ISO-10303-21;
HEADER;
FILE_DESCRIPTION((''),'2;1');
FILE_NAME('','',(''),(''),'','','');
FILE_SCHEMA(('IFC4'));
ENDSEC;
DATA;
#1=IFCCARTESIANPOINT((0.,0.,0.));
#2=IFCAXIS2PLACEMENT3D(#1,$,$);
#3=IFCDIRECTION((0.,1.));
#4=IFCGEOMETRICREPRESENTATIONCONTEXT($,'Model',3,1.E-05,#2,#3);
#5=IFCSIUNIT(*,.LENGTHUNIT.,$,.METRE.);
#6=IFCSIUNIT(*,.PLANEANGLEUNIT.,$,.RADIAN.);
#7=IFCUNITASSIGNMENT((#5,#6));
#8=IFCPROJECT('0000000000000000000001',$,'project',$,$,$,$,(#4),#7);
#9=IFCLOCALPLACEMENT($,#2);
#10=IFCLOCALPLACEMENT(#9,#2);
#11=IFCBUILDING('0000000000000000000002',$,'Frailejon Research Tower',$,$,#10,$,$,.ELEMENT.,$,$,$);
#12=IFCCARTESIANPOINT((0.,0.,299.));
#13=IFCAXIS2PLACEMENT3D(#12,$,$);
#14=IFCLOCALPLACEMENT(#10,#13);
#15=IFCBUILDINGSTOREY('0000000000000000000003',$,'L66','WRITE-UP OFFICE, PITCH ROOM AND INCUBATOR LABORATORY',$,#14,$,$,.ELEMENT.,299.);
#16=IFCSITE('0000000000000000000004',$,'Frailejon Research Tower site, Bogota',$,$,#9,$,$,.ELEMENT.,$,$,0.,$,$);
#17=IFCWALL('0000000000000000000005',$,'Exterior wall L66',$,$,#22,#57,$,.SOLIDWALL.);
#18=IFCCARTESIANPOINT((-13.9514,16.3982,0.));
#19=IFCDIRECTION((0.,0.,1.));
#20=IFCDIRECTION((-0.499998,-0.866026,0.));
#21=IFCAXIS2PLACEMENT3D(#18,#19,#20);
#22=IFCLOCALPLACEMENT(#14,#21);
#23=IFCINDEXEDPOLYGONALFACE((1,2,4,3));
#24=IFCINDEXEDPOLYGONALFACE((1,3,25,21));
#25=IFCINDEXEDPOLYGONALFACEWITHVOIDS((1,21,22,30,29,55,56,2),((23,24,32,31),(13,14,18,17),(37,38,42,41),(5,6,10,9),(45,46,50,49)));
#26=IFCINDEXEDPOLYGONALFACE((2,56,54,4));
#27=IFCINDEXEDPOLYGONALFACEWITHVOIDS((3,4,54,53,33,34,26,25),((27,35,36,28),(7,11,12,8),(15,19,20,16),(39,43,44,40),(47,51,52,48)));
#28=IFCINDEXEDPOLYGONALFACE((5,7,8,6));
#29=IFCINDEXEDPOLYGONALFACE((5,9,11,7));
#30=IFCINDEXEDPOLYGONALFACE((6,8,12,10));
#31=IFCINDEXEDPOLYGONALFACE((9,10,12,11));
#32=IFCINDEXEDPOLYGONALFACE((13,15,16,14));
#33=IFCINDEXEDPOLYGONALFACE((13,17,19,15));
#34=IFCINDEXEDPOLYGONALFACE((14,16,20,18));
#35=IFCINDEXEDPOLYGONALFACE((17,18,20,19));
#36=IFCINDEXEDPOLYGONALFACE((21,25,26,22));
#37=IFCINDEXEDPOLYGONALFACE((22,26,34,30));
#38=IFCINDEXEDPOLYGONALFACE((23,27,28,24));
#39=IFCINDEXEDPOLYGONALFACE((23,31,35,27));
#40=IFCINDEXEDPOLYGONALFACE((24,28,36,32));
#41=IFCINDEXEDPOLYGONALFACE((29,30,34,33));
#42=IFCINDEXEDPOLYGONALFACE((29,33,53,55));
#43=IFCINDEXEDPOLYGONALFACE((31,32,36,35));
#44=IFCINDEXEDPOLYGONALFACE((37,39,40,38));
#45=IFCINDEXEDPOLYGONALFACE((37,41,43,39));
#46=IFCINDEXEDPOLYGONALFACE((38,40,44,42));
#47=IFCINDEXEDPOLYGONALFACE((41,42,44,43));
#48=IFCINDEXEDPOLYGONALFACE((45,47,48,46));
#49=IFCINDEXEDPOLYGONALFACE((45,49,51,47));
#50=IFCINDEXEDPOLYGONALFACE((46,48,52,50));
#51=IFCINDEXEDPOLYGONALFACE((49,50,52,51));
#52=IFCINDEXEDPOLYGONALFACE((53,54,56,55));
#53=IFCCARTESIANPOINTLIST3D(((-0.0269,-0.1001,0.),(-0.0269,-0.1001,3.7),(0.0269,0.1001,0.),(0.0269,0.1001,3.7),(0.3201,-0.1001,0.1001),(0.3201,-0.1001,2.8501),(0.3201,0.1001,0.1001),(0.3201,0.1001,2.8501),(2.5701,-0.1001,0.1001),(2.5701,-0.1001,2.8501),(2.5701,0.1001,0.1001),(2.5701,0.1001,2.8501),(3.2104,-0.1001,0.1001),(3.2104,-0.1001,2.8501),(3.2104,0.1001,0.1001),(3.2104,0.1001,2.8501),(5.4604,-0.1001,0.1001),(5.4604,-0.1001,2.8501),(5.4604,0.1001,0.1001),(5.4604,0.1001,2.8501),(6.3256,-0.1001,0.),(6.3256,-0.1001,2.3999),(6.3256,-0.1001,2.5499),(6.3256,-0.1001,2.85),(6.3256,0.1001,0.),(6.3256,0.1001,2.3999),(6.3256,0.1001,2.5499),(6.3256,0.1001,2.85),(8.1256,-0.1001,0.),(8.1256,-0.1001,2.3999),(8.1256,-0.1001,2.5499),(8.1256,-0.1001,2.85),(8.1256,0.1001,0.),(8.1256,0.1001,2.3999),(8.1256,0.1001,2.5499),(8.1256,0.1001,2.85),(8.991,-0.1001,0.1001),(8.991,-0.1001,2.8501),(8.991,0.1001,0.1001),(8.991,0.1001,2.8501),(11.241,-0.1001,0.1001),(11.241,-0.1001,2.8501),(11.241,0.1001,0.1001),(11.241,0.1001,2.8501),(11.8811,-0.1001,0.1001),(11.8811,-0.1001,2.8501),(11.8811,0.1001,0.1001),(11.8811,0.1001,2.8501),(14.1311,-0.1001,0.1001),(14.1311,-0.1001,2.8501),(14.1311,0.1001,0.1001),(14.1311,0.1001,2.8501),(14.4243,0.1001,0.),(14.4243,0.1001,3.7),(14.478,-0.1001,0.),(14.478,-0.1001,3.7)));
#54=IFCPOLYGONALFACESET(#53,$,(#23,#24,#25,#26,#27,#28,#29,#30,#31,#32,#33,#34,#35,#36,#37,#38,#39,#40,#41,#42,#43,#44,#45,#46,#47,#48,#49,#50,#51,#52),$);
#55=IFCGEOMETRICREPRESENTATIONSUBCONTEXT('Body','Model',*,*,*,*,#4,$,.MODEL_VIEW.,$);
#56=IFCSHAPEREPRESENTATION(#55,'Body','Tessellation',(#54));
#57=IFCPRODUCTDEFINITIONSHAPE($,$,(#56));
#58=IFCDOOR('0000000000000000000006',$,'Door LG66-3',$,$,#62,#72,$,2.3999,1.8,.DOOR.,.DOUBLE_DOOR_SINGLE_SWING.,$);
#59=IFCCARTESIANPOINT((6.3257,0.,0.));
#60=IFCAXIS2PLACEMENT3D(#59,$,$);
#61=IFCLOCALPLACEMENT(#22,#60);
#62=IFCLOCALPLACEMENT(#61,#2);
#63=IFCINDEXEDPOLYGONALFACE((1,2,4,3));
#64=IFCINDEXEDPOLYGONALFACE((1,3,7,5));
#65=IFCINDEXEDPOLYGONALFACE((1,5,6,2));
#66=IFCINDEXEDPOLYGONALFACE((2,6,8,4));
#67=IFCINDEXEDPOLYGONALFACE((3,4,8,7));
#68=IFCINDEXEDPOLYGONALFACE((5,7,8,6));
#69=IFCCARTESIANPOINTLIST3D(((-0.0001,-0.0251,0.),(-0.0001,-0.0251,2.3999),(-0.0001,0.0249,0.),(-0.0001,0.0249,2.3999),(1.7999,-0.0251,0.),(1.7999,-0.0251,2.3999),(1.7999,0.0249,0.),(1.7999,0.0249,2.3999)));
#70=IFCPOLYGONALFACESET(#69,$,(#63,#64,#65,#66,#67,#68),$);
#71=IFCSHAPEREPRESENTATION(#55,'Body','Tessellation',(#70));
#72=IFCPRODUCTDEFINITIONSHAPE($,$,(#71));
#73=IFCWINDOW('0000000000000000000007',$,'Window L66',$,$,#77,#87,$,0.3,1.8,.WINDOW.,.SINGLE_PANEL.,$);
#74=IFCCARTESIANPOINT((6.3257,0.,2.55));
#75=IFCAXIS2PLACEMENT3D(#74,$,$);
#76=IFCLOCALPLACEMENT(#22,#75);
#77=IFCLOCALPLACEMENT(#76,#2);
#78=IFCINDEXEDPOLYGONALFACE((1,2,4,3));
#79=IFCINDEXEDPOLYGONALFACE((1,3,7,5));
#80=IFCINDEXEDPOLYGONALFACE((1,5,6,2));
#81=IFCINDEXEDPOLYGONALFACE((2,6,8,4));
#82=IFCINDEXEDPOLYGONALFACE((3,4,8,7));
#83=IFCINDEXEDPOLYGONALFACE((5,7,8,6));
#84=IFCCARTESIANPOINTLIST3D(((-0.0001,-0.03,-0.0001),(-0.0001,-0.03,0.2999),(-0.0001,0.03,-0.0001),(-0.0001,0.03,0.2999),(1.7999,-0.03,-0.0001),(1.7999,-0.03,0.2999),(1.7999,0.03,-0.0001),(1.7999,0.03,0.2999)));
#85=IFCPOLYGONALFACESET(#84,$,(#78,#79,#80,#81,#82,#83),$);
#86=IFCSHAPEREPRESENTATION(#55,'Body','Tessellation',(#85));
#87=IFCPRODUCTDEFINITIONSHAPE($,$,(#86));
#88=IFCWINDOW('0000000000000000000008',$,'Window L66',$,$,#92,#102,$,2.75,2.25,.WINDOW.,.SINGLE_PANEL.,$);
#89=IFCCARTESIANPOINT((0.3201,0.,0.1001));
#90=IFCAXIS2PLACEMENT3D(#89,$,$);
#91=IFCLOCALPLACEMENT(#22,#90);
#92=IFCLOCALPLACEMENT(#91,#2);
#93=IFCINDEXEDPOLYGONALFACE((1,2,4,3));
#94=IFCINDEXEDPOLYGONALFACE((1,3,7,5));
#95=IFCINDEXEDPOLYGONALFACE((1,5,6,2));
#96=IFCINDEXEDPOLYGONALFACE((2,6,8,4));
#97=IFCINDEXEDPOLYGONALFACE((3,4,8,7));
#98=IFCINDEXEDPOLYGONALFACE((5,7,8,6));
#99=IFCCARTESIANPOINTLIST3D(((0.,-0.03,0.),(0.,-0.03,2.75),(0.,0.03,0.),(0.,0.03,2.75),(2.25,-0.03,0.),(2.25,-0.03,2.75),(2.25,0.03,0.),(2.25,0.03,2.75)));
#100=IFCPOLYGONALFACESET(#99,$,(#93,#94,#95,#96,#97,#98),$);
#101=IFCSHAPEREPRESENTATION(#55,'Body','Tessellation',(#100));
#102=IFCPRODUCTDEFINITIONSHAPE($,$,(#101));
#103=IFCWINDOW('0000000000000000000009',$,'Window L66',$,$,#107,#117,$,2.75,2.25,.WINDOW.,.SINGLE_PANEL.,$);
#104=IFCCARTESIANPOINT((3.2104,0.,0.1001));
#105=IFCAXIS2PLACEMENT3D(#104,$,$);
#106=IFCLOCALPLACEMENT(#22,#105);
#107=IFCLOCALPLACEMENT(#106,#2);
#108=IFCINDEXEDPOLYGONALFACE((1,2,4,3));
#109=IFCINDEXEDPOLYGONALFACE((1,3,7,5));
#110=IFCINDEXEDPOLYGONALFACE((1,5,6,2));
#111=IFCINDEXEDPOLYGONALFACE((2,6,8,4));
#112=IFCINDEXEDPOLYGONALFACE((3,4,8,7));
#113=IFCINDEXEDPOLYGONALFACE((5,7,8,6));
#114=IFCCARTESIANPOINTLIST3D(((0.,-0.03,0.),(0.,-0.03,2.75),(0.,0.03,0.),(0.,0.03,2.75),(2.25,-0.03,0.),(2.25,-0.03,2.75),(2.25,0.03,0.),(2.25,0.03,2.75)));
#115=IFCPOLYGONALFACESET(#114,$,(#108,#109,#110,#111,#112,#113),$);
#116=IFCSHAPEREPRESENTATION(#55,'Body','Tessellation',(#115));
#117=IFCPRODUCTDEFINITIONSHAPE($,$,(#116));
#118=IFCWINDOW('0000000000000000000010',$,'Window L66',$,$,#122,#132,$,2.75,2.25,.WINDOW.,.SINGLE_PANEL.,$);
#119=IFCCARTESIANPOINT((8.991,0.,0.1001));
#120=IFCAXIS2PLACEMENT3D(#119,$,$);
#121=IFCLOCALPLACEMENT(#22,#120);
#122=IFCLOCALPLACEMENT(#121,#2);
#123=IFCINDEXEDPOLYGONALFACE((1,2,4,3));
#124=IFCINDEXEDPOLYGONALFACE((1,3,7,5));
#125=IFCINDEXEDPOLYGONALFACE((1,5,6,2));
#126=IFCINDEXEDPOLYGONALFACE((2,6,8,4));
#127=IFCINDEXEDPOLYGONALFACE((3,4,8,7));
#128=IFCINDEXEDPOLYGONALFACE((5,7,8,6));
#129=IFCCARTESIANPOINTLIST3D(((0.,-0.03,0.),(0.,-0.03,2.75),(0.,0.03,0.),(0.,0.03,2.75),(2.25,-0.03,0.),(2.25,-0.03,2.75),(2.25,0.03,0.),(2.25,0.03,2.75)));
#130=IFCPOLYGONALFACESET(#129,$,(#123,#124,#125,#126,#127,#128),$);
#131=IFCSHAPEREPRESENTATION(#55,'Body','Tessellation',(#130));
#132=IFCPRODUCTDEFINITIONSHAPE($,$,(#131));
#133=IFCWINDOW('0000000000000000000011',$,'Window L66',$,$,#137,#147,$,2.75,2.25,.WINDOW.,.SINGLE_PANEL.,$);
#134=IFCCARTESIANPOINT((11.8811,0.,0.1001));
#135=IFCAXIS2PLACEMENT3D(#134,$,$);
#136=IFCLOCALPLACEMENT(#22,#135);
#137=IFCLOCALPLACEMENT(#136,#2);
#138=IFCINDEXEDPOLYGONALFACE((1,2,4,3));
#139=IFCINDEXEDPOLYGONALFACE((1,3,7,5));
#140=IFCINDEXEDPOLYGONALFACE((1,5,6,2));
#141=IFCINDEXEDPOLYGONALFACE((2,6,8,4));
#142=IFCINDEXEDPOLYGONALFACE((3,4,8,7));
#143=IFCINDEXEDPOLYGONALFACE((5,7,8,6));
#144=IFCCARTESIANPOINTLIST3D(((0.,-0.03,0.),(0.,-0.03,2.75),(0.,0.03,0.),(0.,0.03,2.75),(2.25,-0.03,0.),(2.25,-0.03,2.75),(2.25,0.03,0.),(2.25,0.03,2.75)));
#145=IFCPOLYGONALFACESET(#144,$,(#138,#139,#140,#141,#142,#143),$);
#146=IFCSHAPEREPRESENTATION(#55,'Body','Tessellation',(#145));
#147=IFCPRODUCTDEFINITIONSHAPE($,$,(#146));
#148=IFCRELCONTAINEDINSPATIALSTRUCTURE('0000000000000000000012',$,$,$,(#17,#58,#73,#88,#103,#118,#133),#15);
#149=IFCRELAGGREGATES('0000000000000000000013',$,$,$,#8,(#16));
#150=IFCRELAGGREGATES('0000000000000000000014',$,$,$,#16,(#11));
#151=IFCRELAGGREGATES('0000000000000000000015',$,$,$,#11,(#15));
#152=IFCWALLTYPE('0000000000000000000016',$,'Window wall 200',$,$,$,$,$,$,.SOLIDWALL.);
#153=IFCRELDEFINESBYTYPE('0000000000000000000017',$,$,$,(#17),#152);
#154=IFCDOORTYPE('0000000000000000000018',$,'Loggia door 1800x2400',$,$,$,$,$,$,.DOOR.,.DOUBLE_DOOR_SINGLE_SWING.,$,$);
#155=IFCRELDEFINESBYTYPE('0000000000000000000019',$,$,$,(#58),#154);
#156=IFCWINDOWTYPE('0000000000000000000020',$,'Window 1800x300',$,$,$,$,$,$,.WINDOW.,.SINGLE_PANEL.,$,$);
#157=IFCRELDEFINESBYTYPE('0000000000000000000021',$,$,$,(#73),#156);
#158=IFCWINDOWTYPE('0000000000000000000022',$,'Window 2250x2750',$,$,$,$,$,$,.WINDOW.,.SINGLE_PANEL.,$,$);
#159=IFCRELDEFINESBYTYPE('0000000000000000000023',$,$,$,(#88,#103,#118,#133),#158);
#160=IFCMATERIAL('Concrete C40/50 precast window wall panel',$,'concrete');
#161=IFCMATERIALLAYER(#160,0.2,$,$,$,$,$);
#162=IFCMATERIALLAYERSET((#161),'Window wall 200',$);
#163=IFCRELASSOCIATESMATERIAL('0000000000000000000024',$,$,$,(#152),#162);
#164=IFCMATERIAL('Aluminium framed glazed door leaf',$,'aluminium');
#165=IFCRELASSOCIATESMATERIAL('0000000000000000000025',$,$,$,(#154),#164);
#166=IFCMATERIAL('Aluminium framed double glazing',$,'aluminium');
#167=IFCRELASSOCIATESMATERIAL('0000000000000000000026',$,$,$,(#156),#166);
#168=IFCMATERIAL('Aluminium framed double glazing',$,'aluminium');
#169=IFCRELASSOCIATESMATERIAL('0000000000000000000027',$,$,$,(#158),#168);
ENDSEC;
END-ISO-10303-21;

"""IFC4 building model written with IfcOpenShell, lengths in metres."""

from ifc_helpers import new_model, si_unit, direction, frame, frame_2d, origin, place, context, subcontext, project, spatial, polyline, rectangle, outline, extrude, material, layer, layer_set, type_object, element, fill, save


model = new_model("IFC4")

# Units and contexts
model_context = context("Model", 3, precision=1e-05, world=origin(), true_north=direction((0.0, 1.0)))
body_context = subcontext(model_context, "Body", "Model", "MODEL_VIEW")
ifc_project = project(units=[si_unit("LENGTHUNIT", "METRE"), si_unit("PLANEANGLEUNIT", "RADIAN")], contexts=[model_context])

# Site, building, storey
site_placement = place(None, origin())
site = spatial("IfcSite", under=ifc_project, at=site_placement, Name="Frailejon Research Tower site, Bogota", CompositionType="ELEMENT", RefElevation=0.0)
building_placement = place(site_placement, origin())
building = spatial("IfcBuilding", under=site, at=building_placement, Name="Frailejon Research Tower", CompositionType="ELEMENT")
storey_placement = place(building_placement, frame((0.0, 0.0, 299.0)))
storey = spatial("IfcBuildingStorey", under=building, at=storey_placement, Name="L66", Description="WRITE-UP OFFICE, PITCH ROOM AND INCUBATOR LABORATORY", CompositionType="ELEMENT", Elevation=299.0)

# Wall, openings, door, windows
ifc_material_1 = material(Name="Concrete C40/50 precast window wall panel", Category="concrete")
ifc_layer_1 = layer(ifc_material_1, 0.2)
ifc_layer_set_1 = layer_set([ifc_layer_1], Name="Window wall 200")
wall_type_1 = type_object("IfcWallType", Name="Window wall 200", PredefinedType="SOLIDWALL", material=ifc_layer_set_1)
wall_1_placement = place(storey_placement, frame((-13.9514, 16.3982, 0.0), z_axis=(0.0, 0.0, 1.0), x_axis=(-0.499998, -0.866026, 0.0)))
wall_1 = element("IfcWall", 1, at=wall_1_placement, inside=storey, type_object=wall_type_1, Name="Exterior wall L66", PredefinedType="SOLIDWALL", context=body_context, shape_type="SweptSolid", body=[
    extrude(outline(polyline([(-0.0269, -0.1001), (1.0093, -0.1001), (2.0452, -0.1001), (3.0813, -0.1001), (4.1174, -0.1001), (5.1536, -0.1001), (6.1895, -0.1001), (7.2256, -0.1001), (8.2617, -0.1001), (9.2976, -0.1001), (10.3337, -0.1001), (11.3699, -0.1001), (12.406, -0.1001), (13.4419, -0.1001), (14.478, -0.1001), (14.4243, 0.1001), (13.396, 0.1001), (12.3674, 0.1001), (11.3391, 0.1001), (10.3108, 0.1001), (9.2825, 0.1001), (8.2539, 0.1001), (7.2256, 0.1001), (6.1973, 0.1001), (5.1687, 0.1001), (4.1404, 0.1001), (3.1121, 0.1001), (2.0837, 0.1001), (1.0552, 0.1001), (0.0269, 0.1001), (-0.0269, -0.1001)])), origin(), (0.0, 0.0, 1.0), 3.7),
])
opening_1_placement = place(wall_1_placement, frame((0.3201, 0.0, 0.1001)))
opening_1 = element("IfcOpeningElement", 2, at=opening_1_placement, cuts=wall_1, PredefinedType="OPENING", context=body_context, shape_type="SweptSolid", body=[
    extrude(rectangle(XDim=2.25, YDim=2.75, at=frame_2d((1.125, 1.375))), frame((0.0, 0.1099, 0.0), z_axis=(0.0, -1.0, 0.0), x_axis=(1.0, 0.0, 0.0)), (0.0, 0.0, 1.0), 0.22),
])
opening_2_placement = place(wall_1_placement, frame((3.2104, 0.0, 0.1001)))
opening_2 = element("IfcOpeningElement", 3, at=opening_2_placement, cuts=wall_1, PredefinedType="OPENING", context=body_context, shape_type="SweptSolid", body=[
    extrude(rectangle(XDim=2.25, YDim=2.75, at=frame_2d((1.125, 1.375))), frame((0.0, 0.1099, 0.0), z_axis=(0.0, -1.0, 0.0), x_axis=(1.0, 0.0, 0.0)), (0.0, 0.0, 1.0), 0.22),
])
opening_3_placement = place(wall_1_placement, frame((6.3257, 0.0, 0.0)))
opening_3 = element("IfcOpeningElement", 4, at=opening_3_placement, cuts=wall_1, PredefinedType="OPENING", context=body_context, shape_type="SweptSolid", body=[
    extrude(rectangle(XDim=1.8, YDim=2.3999, at=frame_2d((0.8999, 1.2))), frame((0.0, 0.1099, 0.0), z_axis=(0.0, -1.0, 0.0), x_axis=(1.0, 0.0, 0.0)), (0.0, 0.0, 1.0), 0.22),
])
opening_4_placement = place(wall_1_placement, frame((6.3257, 0.0, 2.55)))
opening_4 = element("IfcOpeningElement", 5, at=opening_4_placement, cuts=wall_1, PredefinedType="OPENING", context=body_context, shape_type="SweptSolid", body=[
    extrude(rectangle(XDim=1.8, YDim=0.3, at=frame_2d((0.8999, 0.1499))), frame((0.0, 0.1099, 0.0), z_axis=(0.0, -1.0, 0.0), x_axis=(1.0, 0.0, 0.0)), (0.0, 0.0, 1.0), 0.22),
])
opening_5_placement = place(wall_1_placement, frame((8.991, 0.0, 0.1001)))
opening_5 = element("IfcOpeningElement", 6, at=opening_5_placement, cuts=wall_1, PredefinedType="OPENING", context=body_context, shape_type="SweptSolid", body=[
    extrude(rectangle(XDim=2.25, YDim=2.75, at=frame_2d((1.125, 1.375))), frame((0.0, 0.1099, 0.0), z_axis=(0.0, -1.0, 0.0), x_axis=(1.0, 0.0, 0.0)), (0.0, 0.0, 1.0), 0.22),
])
opening_6_placement = place(wall_1_placement, frame((11.8811, 0.0, 0.1001)))
opening_6 = element("IfcOpeningElement", 7, at=opening_6_placement, cuts=wall_1, PredefinedType="OPENING", context=body_context, shape_type="SweptSolid", body=[
    extrude(rectangle(XDim=2.25, YDim=2.75, at=frame_2d((1.125, 1.375))), frame((0.0, 0.1099, 0.0), z_axis=(0.0, -1.0, 0.0), x_axis=(1.0, 0.0, 0.0)), (0.0, 0.0, 1.0), 0.22),
])
ifc_material_2 = material(Name="Aluminium framed glazed door leaf", Category="aluminium")
door_type_1 = type_object("IfcDoorType", Name="Loggia door 1800x2400", OperationType="DOUBLE_DOOR_SINGLE_SWING", PredefinedType="DOOR", material=ifc_material_2)
door_1_placement = place(opening_3_placement, origin())
door_1 = element("IfcDoor", 8, at=door_1_placement, inside=storey, type_object=door_type_1, Name="Door LG66-3", OperationType="DOUBLE_DOOR_SINGLE_SWING", OverallHeight=2.3999, OverallWidth=1.8, PredefinedType="DOOR", context=body_context, shape_type="SweptSolid", body=[
    extrude(rectangle(XDim=1.8, YDim=2.3999, at=frame_2d((0.8999, 1.2))), frame((0.0, 0.0249, 0.0), z_axis=(0.0, -1.0, 0.0), x_axis=(1.0, 0.0, 0.0)), (0.0, 0.0, 1.0), 0.05),
])
fill(opening_3, door_1)
ifc_material_3 = material(Name="Aluminium framed double glazing", Category="aluminium")
window_type_1 = type_object("IfcWindowType", Name="Window 1800x300", PartitioningType="SINGLE_PANEL", PredefinedType="WINDOW", material=ifc_material_3)
window_1_placement = place(opening_4_placement, origin())
window_1 = element("IfcWindow", 9, at=window_1_placement, inside=storey, type_object=window_type_1, Name="Window L66", OverallHeight=0.3, OverallWidth=1.8, PartitioningType="SINGLE_PANEL", PredefinedType="WINDOW", context=body_context, shape_type="SweptSolid", body=[
    extrude(rectangle(XDim=1.8, YDim=0.3, at=frame_2d((0.8999, 0.1499))), frame((0.0, 0.03, 0.0), z_axis=(0.0, -1.0, 0.0), x_axis=(1.0, 0.0, 0.0)), (0.0, 0.0, 1.0), 0.0601),
])
fill(opening_4, window_1)
ifc_material_4 = material(Name="Aluminium framed double glazing", Category="aluminium")
window_type_2 = type_object("IfcWindowType", Name="Window 2250x2750", PartitioningType="SINGLE_PANEL", PredefinedType="WINDOW", material=ifc_material_4)
window_2_placement = place(opening_1_placement, origin())
window_2 = element("IfcWindow", 10, at=window_2_placement, inside=storey, type_object=window_type_2, Name="Window L66", OverallHeight=2.75, OverallWidth=2.25, PartitioningType="SINGLE_PANEL", PredefinedType="WINDOW", context=body_context, shape_type="SweptSolid", body=[
    extrude(rectangle(XDim=2.25, YDim=2.75, at=frame_2d((1.125, 1.375))), frame((0.0, 0.03, 0.0), z_axis=(0.0, -1.0, 0.0), x_axis=(1.0, 0.0, 0.0)), (0.0, 0.0, 1.0), 0.0601),
])
fill(opening_1, window_2)
window_3_placement = place(opening_2_placement, origin())
window_3 = element("IfcWindow", 11, at=window_3_placement, inside=storey, type_object=window_type_2, Name="Window L66", OverallHeight=2.75, OverallWidth=2.25, PartitioningType="SINGLE_PANEL", PredefinedType="WINDOW", context=body_context, shape_type="SweptSolid", body=[
    extrude(rectangle(XDim=2.25, YDim=2.75, at=frame_2d((1.125, 1.375))), frame((0.0, 0.03, 0.0), z_axis=(0.0, -1.0, 0.0), x_axis=(1.0, 0.0, 0.0)), (0.0, 0.0, 1.0), 0.0601),
])
fill(opening_2, window_3)
window_4_placement = place(opening_5_placement, origin())
window_4 = element("IfcWindow", 12, at=window_4_placement, inside=storey, type_object=window_type_2, Name="Window L66", OverallHeight=2.75, OverallWidth=2.25, PartitioningType="SINGLE_PANEL", PredefinedType="WINDOW", context=body_context, shape_type="SweptSolid", body=[
    extrude(rectangle(XDim=2.25, YDim=2.75, at=frame_2d((1.125, 1.375))), frame((0.0, 0.03, 0.0), z_axis=(0.0, -1.0, 0.0), x_axis=(1.0, 0.0, 0.0)), (0.0, 0.0, 1.0), 0.0601),
])
fill(opening_5, window_4)
window_5_placement = place(opening_6_placement, origin())
window_5 = element("IfcWindow", 13, at=window_5_placement, inside=storey, type_object=window_type_2, Name="Window L66", OverallHeight=2.75, OverallWidth=2.25, PartitioningType="SINGLE_PANEL", PredefinedType="WINDOW", context=body_context, shape_type="SweptSolid", body=[
    extrude(rectangle(XDim=2.25, YDim=2.75, at=frame_2d((1.125, 1.375))), frame((0.0, 0.03, 0.0), z_axis=(0.0, -1.0, 0.0), x_axis=(1.0, 0.0, 0.0)), (0.0, 0.0, 1.0), 0.0601),
])
fill(opening_6, window_5)

save(model, "model.ifc")
